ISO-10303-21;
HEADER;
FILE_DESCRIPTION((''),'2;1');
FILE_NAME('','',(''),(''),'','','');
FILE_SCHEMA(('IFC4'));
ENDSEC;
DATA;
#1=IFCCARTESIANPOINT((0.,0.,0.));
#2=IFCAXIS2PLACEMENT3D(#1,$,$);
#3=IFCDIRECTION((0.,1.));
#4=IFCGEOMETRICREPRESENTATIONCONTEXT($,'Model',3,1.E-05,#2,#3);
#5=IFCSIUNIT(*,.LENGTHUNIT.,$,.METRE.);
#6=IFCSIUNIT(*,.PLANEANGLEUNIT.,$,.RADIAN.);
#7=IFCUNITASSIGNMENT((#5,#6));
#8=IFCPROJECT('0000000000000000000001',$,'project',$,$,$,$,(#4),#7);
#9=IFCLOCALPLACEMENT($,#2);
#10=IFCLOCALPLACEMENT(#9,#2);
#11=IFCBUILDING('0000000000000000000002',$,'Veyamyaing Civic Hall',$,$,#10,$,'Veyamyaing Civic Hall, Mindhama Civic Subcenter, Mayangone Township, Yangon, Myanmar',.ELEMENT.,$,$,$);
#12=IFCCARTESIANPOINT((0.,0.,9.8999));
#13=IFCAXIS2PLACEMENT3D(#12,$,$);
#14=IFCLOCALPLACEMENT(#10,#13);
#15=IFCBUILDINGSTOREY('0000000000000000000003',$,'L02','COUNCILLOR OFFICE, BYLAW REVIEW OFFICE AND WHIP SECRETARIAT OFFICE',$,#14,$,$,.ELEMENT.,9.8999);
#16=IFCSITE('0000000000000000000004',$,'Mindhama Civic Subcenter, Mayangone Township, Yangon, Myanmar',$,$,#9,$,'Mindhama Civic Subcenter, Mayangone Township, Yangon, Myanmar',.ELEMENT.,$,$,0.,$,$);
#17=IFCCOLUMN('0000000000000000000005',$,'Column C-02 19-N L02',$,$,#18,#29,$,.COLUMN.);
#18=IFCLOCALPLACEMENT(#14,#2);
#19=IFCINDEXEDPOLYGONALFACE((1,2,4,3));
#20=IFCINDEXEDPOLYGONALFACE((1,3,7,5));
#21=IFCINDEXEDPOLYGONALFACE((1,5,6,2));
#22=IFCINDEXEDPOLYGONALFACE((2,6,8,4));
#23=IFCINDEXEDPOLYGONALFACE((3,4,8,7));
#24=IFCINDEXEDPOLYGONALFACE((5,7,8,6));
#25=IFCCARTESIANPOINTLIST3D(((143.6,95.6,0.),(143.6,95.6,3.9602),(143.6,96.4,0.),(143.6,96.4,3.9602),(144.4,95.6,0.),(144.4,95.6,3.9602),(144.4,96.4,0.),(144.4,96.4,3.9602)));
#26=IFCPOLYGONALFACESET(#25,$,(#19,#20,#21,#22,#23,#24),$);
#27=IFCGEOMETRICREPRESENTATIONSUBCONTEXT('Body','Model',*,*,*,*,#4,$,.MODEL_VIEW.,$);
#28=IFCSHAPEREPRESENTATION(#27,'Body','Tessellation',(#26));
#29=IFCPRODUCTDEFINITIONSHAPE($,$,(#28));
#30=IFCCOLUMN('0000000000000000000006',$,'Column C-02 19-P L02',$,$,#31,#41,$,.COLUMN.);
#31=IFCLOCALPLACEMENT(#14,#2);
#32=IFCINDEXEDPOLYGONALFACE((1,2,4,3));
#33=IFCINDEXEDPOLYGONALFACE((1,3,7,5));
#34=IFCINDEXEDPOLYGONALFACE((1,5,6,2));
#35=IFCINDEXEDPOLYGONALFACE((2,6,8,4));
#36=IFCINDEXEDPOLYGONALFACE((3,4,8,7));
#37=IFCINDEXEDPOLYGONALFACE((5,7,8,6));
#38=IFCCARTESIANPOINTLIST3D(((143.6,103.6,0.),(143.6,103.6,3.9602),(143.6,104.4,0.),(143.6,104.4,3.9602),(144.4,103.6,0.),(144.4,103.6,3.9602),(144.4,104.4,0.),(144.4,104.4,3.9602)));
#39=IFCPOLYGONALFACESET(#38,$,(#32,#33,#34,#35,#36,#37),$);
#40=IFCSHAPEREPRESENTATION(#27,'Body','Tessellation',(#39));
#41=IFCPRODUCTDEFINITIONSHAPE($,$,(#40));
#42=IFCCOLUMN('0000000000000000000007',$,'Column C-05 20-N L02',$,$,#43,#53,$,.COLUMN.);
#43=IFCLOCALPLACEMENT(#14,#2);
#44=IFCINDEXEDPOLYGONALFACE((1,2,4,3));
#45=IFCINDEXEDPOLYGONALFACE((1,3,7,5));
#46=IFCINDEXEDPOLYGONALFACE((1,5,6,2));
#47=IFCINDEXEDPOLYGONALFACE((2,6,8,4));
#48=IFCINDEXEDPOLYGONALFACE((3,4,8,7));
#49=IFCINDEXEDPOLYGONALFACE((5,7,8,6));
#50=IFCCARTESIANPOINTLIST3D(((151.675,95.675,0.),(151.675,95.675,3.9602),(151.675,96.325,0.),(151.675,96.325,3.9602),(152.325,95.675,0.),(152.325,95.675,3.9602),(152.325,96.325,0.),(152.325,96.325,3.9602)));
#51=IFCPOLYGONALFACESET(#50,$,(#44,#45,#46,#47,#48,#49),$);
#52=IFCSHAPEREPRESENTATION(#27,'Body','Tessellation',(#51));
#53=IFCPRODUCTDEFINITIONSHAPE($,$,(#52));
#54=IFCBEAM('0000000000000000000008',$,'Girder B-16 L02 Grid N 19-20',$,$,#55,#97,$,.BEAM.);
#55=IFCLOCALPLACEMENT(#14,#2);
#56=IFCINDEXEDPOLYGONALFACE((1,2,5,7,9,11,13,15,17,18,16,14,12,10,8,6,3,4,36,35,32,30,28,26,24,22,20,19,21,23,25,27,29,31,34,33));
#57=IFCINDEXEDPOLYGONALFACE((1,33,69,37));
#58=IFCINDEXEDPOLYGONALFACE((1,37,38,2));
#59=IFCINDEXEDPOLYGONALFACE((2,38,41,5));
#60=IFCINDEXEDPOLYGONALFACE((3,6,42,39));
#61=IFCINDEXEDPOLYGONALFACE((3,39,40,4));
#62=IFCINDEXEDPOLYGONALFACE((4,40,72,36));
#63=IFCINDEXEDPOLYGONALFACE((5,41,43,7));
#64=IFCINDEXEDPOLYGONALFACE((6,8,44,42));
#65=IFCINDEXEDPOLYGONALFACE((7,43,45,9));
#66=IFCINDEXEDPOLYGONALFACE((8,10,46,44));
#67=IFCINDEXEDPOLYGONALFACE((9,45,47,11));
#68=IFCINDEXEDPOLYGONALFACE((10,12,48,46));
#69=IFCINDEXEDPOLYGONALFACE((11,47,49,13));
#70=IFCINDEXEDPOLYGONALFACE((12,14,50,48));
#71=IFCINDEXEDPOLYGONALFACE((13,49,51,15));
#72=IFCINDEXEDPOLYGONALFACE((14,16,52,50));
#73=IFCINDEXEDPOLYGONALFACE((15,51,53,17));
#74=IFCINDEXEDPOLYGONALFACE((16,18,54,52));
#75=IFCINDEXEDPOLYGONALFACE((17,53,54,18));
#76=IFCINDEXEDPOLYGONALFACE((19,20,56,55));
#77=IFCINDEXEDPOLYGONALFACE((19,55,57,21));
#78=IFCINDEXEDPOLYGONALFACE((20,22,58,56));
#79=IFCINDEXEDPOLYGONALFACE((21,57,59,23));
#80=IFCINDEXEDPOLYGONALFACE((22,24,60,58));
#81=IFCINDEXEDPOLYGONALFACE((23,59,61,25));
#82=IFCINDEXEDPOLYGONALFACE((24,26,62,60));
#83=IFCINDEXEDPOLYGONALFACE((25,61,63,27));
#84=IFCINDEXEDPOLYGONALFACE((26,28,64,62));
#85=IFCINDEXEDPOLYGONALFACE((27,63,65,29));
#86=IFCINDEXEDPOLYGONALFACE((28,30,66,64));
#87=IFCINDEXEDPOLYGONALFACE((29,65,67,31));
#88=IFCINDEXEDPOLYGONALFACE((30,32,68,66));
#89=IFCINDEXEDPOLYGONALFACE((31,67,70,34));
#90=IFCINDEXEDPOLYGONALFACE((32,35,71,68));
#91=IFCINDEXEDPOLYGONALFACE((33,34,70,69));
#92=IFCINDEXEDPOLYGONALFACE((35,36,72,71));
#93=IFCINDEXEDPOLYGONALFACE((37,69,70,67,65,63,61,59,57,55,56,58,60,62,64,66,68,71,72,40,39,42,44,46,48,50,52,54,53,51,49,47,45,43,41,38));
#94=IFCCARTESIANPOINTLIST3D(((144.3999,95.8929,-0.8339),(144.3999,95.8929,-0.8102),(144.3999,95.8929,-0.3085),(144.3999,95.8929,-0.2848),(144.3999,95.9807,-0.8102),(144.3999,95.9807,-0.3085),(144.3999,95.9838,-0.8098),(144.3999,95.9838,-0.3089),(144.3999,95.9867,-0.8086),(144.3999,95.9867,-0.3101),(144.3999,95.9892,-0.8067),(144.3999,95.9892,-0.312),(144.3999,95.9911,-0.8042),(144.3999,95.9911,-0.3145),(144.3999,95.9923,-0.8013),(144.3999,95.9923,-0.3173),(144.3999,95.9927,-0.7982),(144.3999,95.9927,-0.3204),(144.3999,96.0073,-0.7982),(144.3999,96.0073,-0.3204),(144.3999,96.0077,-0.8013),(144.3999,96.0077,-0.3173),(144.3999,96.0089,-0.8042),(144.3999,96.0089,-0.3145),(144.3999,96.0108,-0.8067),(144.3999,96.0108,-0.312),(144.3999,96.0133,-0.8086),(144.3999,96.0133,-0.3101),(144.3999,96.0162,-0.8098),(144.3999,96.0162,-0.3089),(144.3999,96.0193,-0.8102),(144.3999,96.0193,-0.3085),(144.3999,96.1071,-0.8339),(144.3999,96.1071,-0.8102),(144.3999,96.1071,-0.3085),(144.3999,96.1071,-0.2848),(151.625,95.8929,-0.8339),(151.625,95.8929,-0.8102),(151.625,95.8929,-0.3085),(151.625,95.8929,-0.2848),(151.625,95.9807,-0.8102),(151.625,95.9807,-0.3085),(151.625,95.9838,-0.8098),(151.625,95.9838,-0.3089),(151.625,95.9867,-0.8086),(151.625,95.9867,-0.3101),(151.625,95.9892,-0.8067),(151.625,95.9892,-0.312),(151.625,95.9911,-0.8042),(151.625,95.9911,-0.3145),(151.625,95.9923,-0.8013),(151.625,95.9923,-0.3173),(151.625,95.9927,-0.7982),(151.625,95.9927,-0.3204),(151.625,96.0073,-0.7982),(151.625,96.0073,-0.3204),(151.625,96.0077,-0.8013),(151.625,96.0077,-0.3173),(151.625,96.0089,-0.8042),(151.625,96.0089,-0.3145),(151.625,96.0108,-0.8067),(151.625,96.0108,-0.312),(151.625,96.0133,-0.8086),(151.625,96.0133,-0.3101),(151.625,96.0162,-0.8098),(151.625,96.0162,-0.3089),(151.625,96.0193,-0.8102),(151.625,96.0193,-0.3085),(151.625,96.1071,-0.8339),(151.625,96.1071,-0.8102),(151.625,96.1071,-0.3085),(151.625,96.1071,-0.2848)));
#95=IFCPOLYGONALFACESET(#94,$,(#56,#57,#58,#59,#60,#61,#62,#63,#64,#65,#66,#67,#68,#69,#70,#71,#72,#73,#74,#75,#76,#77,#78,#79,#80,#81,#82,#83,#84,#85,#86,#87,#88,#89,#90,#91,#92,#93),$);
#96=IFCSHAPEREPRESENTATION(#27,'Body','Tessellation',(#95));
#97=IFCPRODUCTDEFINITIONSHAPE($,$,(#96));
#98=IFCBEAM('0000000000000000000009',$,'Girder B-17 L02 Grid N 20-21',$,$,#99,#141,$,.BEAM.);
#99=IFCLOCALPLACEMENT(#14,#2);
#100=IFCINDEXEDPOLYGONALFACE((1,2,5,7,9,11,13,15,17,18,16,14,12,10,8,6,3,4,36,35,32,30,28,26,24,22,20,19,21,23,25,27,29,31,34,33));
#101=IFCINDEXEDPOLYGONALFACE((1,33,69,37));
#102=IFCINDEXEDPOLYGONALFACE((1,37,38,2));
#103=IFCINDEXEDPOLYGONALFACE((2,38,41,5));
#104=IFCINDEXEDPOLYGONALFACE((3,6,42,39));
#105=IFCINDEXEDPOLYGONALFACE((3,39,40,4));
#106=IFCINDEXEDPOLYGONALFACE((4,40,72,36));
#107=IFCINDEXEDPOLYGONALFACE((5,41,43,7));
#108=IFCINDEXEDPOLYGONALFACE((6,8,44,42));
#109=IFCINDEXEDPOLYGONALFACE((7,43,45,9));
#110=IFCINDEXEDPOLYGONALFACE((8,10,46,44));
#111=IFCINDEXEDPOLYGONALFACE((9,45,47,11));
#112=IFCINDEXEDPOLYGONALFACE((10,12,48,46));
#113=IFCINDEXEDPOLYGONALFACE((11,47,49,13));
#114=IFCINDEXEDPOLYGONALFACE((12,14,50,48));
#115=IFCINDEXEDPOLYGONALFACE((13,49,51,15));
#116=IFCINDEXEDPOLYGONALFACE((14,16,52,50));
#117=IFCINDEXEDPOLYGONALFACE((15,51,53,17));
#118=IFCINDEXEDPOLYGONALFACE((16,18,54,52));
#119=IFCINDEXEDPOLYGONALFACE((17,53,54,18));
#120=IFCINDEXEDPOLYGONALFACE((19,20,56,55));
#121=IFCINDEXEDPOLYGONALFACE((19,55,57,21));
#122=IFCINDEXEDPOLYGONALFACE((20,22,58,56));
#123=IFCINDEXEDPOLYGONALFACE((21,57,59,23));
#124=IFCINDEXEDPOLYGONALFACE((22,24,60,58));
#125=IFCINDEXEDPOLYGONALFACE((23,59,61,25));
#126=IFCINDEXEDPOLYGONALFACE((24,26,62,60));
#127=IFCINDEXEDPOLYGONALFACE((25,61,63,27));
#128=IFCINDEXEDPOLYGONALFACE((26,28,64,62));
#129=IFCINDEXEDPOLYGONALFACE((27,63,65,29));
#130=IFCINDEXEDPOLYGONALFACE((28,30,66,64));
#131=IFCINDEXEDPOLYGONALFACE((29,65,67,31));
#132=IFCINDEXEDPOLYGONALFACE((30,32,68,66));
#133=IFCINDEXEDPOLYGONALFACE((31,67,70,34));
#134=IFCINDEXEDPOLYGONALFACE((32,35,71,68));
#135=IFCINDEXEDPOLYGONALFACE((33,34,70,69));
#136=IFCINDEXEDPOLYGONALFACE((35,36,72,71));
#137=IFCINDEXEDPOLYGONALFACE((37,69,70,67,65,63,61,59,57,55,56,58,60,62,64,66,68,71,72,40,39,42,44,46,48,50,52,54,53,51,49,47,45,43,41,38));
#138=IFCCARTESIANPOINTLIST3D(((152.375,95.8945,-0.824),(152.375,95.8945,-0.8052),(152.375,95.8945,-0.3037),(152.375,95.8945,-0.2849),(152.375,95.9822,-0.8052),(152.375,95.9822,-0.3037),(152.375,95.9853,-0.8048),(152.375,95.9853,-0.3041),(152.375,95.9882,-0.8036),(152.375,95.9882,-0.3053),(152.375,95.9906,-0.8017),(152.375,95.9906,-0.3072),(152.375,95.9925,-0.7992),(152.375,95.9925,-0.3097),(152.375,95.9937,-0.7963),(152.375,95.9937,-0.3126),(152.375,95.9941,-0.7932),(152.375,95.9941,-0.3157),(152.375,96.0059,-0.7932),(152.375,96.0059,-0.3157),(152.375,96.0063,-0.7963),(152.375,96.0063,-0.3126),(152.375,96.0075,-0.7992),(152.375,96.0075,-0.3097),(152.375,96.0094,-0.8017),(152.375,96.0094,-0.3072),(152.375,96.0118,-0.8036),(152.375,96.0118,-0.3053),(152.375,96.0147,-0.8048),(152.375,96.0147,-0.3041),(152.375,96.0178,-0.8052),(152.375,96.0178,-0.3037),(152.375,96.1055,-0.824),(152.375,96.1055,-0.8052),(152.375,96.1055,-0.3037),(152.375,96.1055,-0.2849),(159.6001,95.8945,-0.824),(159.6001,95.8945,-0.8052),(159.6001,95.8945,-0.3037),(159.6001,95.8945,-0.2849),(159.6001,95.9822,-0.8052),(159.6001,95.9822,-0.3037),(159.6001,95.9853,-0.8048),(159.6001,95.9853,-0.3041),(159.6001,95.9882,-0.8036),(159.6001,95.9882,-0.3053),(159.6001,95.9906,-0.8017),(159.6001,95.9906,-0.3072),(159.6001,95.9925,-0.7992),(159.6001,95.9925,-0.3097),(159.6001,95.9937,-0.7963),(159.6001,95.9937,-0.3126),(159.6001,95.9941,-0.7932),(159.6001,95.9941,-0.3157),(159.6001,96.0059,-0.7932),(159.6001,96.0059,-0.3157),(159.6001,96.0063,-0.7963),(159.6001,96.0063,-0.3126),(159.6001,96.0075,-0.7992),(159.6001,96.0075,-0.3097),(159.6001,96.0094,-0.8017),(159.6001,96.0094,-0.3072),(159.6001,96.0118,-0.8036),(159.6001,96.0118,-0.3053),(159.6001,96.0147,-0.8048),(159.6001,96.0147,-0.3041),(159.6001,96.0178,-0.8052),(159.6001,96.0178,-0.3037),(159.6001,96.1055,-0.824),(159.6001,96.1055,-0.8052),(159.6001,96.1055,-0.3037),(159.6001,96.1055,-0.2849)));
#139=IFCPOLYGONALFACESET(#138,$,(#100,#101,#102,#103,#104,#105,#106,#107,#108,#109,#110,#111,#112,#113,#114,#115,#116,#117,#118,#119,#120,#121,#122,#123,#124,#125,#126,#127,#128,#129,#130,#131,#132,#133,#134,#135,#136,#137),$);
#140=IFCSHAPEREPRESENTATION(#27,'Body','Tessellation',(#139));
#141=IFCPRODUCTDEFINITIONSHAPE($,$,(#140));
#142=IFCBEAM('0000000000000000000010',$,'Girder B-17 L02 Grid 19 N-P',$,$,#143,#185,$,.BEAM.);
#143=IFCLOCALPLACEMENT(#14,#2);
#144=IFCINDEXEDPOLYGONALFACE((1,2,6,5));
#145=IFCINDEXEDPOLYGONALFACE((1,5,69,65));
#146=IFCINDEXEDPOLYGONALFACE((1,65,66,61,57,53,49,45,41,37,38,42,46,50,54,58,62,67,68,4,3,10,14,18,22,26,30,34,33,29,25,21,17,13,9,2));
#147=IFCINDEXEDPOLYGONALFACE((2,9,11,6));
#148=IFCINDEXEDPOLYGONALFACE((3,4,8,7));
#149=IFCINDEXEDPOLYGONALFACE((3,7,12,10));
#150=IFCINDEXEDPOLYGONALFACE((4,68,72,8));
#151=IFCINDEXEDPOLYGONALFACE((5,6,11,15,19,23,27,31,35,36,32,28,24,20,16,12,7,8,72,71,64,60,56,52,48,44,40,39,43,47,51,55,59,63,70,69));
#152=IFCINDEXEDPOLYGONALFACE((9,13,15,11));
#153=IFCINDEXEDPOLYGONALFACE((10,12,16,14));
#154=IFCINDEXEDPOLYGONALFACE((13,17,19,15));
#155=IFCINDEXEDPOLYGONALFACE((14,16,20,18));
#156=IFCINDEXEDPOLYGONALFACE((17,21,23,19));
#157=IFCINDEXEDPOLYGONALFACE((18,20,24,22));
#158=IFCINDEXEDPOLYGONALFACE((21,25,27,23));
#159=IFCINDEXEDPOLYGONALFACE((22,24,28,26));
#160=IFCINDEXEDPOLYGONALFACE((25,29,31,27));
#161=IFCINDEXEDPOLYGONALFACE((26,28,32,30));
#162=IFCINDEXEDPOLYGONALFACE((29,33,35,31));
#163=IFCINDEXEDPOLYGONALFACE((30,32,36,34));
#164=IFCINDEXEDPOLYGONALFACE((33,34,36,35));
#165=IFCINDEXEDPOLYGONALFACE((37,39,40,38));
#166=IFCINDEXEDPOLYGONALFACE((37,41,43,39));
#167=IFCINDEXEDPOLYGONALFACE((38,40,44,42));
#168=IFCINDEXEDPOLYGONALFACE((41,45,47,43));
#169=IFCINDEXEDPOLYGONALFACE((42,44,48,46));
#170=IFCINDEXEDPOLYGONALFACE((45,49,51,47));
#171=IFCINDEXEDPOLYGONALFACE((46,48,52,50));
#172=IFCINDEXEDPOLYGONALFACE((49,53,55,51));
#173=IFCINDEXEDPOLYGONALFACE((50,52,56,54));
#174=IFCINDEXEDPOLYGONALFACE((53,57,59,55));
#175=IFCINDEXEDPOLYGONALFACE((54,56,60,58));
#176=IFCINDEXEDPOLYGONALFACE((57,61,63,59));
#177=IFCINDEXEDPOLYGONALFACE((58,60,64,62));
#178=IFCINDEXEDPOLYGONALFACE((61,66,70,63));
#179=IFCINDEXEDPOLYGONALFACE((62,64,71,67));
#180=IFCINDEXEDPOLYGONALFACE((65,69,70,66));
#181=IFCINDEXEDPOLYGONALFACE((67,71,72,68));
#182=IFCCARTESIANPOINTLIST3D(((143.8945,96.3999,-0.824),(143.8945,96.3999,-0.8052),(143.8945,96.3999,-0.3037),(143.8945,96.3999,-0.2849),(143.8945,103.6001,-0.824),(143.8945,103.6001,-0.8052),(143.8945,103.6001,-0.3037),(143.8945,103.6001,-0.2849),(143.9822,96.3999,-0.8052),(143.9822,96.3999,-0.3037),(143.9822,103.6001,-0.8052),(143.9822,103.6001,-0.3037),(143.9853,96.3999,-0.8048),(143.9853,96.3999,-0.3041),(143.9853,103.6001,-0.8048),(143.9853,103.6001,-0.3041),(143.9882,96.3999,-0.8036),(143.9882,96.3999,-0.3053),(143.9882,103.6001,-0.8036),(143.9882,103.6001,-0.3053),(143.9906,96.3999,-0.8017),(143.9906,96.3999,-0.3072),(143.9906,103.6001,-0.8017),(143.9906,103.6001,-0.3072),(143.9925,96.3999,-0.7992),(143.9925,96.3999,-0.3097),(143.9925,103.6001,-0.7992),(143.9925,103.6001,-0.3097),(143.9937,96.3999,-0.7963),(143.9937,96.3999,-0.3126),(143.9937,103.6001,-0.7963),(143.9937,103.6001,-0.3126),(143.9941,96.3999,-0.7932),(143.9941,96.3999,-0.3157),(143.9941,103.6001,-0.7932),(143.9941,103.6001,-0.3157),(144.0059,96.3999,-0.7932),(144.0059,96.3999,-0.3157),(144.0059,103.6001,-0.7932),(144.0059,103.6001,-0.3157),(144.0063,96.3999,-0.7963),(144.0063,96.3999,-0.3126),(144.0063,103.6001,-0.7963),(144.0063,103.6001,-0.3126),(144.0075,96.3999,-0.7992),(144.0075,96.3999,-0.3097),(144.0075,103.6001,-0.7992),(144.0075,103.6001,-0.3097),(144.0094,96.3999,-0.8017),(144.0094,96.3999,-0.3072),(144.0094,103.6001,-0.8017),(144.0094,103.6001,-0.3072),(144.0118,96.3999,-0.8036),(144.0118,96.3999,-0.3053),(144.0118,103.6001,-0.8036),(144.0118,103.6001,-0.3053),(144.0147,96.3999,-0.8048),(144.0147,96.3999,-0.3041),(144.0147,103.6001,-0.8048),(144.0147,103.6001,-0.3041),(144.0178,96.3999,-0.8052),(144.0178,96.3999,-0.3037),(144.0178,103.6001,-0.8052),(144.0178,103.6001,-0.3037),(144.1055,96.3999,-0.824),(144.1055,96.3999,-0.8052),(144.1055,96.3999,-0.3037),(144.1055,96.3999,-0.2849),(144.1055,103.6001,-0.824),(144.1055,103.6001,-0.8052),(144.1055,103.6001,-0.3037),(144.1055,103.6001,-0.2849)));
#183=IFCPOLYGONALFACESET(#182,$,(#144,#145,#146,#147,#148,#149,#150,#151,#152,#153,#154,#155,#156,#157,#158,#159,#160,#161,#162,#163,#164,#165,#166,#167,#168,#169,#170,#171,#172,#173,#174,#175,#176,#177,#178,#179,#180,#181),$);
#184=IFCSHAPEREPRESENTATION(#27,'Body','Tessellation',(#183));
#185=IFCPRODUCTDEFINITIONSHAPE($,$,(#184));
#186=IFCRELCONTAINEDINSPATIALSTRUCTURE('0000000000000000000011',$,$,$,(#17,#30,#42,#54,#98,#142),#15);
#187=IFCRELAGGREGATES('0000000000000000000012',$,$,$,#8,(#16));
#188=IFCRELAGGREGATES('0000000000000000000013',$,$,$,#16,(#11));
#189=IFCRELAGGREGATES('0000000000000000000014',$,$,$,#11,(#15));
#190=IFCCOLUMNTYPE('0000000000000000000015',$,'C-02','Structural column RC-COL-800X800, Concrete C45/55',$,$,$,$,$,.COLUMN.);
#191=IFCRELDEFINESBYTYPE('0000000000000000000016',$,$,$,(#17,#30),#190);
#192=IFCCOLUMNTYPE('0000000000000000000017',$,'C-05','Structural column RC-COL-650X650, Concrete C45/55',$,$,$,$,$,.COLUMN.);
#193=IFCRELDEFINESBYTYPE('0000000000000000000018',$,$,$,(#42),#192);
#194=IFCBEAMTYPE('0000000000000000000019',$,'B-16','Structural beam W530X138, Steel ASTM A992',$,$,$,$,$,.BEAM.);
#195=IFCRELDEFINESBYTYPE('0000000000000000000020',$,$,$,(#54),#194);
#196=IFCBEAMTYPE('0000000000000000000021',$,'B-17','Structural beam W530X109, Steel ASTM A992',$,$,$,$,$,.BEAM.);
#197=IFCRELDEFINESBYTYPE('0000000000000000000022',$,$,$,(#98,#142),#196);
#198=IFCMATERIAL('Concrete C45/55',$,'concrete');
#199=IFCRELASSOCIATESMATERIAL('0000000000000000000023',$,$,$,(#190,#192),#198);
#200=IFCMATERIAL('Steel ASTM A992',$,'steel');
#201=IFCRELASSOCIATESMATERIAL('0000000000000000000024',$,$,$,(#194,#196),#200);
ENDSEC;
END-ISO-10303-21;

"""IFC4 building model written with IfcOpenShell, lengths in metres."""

from ifc_helpers import new_model, si_unit, direction, frame, origin, origin_2d, place, context, subcontext, project, spatial, rectangle, i_section, extrude, material, material_profile, profile_set, type_object, element, save


model = new_model("IFC4")

# Units and contexts
model_context = context("Model", 3, precision=1e-05, world=origin(), true_north=direction((0.0, 1.0)))
body_context = subcontext(model_context, "Body", "Model", "MODEL_VIEW")
ifc_project = project(units=[si_unit("LENGTHUNIT", "METRE"), si_unit("PLANEANGLEUNIT", "RADIAN")], contexts=[model_context])

# Site, building, storey
site_placement = place(None, origin())
site = spatial("IfcSite", under=ifc_project, at=site_placement, Name="Mindhama Civic Subcenter, Mayangone Township, Yangon, Myanmar", LongName="Mindhama Civic Subcenter, Mayangone Township, Yangon, Myanmar", CompositionType="ELEMENT", RefElevation=0.0)
building_placement = place(site_placement, origin())
building = spatial("IfcBuilding", under=site, at=building_placement, Name="Veyamyaing Civic Hall", LongName="Veyamyaing Civic Hall, Mindhama Civic Subcenter, Mayangone Township, Yangon, Myanmar", CompositionType="ELEMENT")
storey_placement = place(building_placement, frame((0.0, 0.0, 9.8999)))
storey = spatial("IfcBuildingStorey", under=building, at=storey_placement, Name="L02", Description="COUNCILLOR OFFICE, BYLAW REVIEW OFFICE AND WHIP SECRETARIAT OFFICE", CompositionType="ELEMENT", Elevation=9.8999)

# Columns
ifc_material_1 = material(Name="Concrete C45/55", Category="concrete")
ifc_material_profile_1 = material_profile(ifc_material_1, rectangle(XDim=0.8, YDim=0.8, at=origin_2d()), Name="RC-COL-800X800")
ifc_profile_set_1 = profile_set([ifc_material_profile_1], Name="Concrete C45/55")
column_type_1 = type_object("IfcColumnType", Name="C-02", Description="Structural column RC-COL-800X800, Concrete C45/55", PredefinedType="COLUMN", material=ifc_profile_set_1)
for number, where, z_axis, x_axis, name in (
    (1, (144.0, 96.0, 0.0), (0.0, 0.0, 1.0), (1.0, 0.0, 0.0), "Column C-02 19-N L02"),
    (2, (144.0, 104.0, 0.0), (0.0, 0.0, 1.0), (1.0, 0.0, 0.0), "Column C-02 19-P L02"),
):
    element("IfcColumn", number, at=place(storey_placement, frame(where, z_axis=z_axis, x_axis=x_axis)), inside=storey, type_object=column_type_1, Name=name, PredefinedType="COLUMN", context=body_context, shape_type="SweptSolid", body=[
        extrude(rectangle(XDim=0.8, YDim=0.8, at=origin_2d()), origin(), (0.0, 0.0, 1.0), 3.9602),
    ])
ifc_material_profile_2 = material_profile(ifc_material_1, rectangle(XDim=0.6499, YDim=0.6499, at=origin_2d()), Name="RC-COL-650X650")
ifc_profile_set_2 = profile_set([ifc_material_profile_2], Name="Concrete C45/55")
column_type_2 = type_object("IfcColumnType", Name="C-05", Description="Structural column RC-COL-650X650, Concrete C45/55", PredefinedType="COLUMN", material=ifc_profile_set_2)
column_placement = place(storey_placement, frame((152.0, 96.0, 0.0), z_axis=(0.0, 0.0, 1.0), x_axis=(1.0, 0.0, 0.0)))
element("IfcColumn", 3, at=column_placement, inside=storey, type_object=column_type_2, Name="Column C-05 20-N L02", PredefinedType="COLUMN", context=body_context, shape_type="SweptSolid", body=[
    extrude(rectangle(XDim=0.6499, YDim=0.6499, at=origin_2d()), origin(), (0.0, 0.0, 1.0), 3.9602),
])

# Beams
ifc_material_2 = material(Name="Steel ASTM A992", Category="steel")
ifc_material_profile_3 = material_profile(ifc_material_2, i_section(OverallWidth=0.2141, OverallDepth=0.5491, WebThickness=0.0146, FlangeThickness=0.0237, FilletRadius=0.012, at=origin_2d()), Name="W530X138")
ifc_profile_set_3 = profile_set([ifc_material_profile_3], Name="Steel ASTM A992")
beam_type_1 = type_object("IfcBeamType", Name="B-16", Description="Structural beam W530X138, Steel ASTM A992", PredefinedType="BEAM", material=ifc_profile_set_3)
beam_1_placement = place(storey_placement, frame((144.3999, 96.0, -0.5593), z_axis=(1.0, 0.0, 0.0), x_axis=(0.0, 1.0, 0.0)))
element("IfcBeam", 4, at=beam_1_placement, inside=storey, type_object=beam_type_1, Name="Girder B-16 L02 Grid N 19-20", PredefinedType="BEAM", context=body_context, shape_type="SweptSolid", body=[
    extrude(i_section(OverallWidth=0.2141, OverallDepth=0.5491, WebThickness=0.0146, FlangeThickness=0.0237, FilletRadius=0.012, at=origin_2d()), origin(), (0.0, 0.0, 1.0), 7.2251),
])
ifc_material_profile_4 = material_profile(ifc_material_2, i_section(OverallWidth=0.2109, OverallDepth=0.5391, WebThickness=0.0117, FlangeThickness=0.0188, FilletRadius=0.012, at=origin_2d()), Name="W530X109")
ifc_profile_set_4 = profile_set([ifc_material_profile_4], Name="Steel ASTM A992")
beam_type_2 = type_object("IfcBeamType", Name="B-17", Description="Structural beam W530X109, Steel ASTM A992", PredefinedType="BEAM", material=ifc_profile_set_4)
beam_2_placement = place(storey_placement, frame((152.375, 96.0, -0.5544), z_axis=(1.0, 0.0, 0.0), x_axis=(0.0, 1.0, 0.0)))
element("IfcBeam", 5, at=beam_2_placement, inside=storey, type_object=beam_type_2, Name="Girder B-17 L02 Grid N 20-21", PredefinedType="BEAM", context=body_context, shape_type="SweptSolid", body=[
    extrude(i_section(OverallWidth=0.2109, OverallDepth=0.5391, WebThickness=0.0117, FlangeThickness=0.0188, FilletRadius=0.012, at=origin_2d()), origin(), (0.0, 0.0, 1.0), 7.2251),
])
beam_3_placement = place(storey_placement, frame((144.0, 96.3999, -0.5544), z_axis=(0.0, 1.0, 0.0), x_axis=(-1.0, 0.0, 0.0)))
element("IfcBeam", 6, at=beam_3_placement, inside=storey, type_object=beam_type_2, Name="Girder B-17 L02 Grid 19 N-P", PredefinedType="BEAM", context=body_context, shape_type="SweptSolid", body=[
    extrude(i_section(OverallWidth=0.2109, OverallDepth=0.5391, WebThickness=0.0117, FlangeThickness=0.0188, FilletRadius=0.012, at=origin_2d()), origin(), (0.0, 0.0, 1.0), 7.2002),
])

save(model, "model.ifc")
